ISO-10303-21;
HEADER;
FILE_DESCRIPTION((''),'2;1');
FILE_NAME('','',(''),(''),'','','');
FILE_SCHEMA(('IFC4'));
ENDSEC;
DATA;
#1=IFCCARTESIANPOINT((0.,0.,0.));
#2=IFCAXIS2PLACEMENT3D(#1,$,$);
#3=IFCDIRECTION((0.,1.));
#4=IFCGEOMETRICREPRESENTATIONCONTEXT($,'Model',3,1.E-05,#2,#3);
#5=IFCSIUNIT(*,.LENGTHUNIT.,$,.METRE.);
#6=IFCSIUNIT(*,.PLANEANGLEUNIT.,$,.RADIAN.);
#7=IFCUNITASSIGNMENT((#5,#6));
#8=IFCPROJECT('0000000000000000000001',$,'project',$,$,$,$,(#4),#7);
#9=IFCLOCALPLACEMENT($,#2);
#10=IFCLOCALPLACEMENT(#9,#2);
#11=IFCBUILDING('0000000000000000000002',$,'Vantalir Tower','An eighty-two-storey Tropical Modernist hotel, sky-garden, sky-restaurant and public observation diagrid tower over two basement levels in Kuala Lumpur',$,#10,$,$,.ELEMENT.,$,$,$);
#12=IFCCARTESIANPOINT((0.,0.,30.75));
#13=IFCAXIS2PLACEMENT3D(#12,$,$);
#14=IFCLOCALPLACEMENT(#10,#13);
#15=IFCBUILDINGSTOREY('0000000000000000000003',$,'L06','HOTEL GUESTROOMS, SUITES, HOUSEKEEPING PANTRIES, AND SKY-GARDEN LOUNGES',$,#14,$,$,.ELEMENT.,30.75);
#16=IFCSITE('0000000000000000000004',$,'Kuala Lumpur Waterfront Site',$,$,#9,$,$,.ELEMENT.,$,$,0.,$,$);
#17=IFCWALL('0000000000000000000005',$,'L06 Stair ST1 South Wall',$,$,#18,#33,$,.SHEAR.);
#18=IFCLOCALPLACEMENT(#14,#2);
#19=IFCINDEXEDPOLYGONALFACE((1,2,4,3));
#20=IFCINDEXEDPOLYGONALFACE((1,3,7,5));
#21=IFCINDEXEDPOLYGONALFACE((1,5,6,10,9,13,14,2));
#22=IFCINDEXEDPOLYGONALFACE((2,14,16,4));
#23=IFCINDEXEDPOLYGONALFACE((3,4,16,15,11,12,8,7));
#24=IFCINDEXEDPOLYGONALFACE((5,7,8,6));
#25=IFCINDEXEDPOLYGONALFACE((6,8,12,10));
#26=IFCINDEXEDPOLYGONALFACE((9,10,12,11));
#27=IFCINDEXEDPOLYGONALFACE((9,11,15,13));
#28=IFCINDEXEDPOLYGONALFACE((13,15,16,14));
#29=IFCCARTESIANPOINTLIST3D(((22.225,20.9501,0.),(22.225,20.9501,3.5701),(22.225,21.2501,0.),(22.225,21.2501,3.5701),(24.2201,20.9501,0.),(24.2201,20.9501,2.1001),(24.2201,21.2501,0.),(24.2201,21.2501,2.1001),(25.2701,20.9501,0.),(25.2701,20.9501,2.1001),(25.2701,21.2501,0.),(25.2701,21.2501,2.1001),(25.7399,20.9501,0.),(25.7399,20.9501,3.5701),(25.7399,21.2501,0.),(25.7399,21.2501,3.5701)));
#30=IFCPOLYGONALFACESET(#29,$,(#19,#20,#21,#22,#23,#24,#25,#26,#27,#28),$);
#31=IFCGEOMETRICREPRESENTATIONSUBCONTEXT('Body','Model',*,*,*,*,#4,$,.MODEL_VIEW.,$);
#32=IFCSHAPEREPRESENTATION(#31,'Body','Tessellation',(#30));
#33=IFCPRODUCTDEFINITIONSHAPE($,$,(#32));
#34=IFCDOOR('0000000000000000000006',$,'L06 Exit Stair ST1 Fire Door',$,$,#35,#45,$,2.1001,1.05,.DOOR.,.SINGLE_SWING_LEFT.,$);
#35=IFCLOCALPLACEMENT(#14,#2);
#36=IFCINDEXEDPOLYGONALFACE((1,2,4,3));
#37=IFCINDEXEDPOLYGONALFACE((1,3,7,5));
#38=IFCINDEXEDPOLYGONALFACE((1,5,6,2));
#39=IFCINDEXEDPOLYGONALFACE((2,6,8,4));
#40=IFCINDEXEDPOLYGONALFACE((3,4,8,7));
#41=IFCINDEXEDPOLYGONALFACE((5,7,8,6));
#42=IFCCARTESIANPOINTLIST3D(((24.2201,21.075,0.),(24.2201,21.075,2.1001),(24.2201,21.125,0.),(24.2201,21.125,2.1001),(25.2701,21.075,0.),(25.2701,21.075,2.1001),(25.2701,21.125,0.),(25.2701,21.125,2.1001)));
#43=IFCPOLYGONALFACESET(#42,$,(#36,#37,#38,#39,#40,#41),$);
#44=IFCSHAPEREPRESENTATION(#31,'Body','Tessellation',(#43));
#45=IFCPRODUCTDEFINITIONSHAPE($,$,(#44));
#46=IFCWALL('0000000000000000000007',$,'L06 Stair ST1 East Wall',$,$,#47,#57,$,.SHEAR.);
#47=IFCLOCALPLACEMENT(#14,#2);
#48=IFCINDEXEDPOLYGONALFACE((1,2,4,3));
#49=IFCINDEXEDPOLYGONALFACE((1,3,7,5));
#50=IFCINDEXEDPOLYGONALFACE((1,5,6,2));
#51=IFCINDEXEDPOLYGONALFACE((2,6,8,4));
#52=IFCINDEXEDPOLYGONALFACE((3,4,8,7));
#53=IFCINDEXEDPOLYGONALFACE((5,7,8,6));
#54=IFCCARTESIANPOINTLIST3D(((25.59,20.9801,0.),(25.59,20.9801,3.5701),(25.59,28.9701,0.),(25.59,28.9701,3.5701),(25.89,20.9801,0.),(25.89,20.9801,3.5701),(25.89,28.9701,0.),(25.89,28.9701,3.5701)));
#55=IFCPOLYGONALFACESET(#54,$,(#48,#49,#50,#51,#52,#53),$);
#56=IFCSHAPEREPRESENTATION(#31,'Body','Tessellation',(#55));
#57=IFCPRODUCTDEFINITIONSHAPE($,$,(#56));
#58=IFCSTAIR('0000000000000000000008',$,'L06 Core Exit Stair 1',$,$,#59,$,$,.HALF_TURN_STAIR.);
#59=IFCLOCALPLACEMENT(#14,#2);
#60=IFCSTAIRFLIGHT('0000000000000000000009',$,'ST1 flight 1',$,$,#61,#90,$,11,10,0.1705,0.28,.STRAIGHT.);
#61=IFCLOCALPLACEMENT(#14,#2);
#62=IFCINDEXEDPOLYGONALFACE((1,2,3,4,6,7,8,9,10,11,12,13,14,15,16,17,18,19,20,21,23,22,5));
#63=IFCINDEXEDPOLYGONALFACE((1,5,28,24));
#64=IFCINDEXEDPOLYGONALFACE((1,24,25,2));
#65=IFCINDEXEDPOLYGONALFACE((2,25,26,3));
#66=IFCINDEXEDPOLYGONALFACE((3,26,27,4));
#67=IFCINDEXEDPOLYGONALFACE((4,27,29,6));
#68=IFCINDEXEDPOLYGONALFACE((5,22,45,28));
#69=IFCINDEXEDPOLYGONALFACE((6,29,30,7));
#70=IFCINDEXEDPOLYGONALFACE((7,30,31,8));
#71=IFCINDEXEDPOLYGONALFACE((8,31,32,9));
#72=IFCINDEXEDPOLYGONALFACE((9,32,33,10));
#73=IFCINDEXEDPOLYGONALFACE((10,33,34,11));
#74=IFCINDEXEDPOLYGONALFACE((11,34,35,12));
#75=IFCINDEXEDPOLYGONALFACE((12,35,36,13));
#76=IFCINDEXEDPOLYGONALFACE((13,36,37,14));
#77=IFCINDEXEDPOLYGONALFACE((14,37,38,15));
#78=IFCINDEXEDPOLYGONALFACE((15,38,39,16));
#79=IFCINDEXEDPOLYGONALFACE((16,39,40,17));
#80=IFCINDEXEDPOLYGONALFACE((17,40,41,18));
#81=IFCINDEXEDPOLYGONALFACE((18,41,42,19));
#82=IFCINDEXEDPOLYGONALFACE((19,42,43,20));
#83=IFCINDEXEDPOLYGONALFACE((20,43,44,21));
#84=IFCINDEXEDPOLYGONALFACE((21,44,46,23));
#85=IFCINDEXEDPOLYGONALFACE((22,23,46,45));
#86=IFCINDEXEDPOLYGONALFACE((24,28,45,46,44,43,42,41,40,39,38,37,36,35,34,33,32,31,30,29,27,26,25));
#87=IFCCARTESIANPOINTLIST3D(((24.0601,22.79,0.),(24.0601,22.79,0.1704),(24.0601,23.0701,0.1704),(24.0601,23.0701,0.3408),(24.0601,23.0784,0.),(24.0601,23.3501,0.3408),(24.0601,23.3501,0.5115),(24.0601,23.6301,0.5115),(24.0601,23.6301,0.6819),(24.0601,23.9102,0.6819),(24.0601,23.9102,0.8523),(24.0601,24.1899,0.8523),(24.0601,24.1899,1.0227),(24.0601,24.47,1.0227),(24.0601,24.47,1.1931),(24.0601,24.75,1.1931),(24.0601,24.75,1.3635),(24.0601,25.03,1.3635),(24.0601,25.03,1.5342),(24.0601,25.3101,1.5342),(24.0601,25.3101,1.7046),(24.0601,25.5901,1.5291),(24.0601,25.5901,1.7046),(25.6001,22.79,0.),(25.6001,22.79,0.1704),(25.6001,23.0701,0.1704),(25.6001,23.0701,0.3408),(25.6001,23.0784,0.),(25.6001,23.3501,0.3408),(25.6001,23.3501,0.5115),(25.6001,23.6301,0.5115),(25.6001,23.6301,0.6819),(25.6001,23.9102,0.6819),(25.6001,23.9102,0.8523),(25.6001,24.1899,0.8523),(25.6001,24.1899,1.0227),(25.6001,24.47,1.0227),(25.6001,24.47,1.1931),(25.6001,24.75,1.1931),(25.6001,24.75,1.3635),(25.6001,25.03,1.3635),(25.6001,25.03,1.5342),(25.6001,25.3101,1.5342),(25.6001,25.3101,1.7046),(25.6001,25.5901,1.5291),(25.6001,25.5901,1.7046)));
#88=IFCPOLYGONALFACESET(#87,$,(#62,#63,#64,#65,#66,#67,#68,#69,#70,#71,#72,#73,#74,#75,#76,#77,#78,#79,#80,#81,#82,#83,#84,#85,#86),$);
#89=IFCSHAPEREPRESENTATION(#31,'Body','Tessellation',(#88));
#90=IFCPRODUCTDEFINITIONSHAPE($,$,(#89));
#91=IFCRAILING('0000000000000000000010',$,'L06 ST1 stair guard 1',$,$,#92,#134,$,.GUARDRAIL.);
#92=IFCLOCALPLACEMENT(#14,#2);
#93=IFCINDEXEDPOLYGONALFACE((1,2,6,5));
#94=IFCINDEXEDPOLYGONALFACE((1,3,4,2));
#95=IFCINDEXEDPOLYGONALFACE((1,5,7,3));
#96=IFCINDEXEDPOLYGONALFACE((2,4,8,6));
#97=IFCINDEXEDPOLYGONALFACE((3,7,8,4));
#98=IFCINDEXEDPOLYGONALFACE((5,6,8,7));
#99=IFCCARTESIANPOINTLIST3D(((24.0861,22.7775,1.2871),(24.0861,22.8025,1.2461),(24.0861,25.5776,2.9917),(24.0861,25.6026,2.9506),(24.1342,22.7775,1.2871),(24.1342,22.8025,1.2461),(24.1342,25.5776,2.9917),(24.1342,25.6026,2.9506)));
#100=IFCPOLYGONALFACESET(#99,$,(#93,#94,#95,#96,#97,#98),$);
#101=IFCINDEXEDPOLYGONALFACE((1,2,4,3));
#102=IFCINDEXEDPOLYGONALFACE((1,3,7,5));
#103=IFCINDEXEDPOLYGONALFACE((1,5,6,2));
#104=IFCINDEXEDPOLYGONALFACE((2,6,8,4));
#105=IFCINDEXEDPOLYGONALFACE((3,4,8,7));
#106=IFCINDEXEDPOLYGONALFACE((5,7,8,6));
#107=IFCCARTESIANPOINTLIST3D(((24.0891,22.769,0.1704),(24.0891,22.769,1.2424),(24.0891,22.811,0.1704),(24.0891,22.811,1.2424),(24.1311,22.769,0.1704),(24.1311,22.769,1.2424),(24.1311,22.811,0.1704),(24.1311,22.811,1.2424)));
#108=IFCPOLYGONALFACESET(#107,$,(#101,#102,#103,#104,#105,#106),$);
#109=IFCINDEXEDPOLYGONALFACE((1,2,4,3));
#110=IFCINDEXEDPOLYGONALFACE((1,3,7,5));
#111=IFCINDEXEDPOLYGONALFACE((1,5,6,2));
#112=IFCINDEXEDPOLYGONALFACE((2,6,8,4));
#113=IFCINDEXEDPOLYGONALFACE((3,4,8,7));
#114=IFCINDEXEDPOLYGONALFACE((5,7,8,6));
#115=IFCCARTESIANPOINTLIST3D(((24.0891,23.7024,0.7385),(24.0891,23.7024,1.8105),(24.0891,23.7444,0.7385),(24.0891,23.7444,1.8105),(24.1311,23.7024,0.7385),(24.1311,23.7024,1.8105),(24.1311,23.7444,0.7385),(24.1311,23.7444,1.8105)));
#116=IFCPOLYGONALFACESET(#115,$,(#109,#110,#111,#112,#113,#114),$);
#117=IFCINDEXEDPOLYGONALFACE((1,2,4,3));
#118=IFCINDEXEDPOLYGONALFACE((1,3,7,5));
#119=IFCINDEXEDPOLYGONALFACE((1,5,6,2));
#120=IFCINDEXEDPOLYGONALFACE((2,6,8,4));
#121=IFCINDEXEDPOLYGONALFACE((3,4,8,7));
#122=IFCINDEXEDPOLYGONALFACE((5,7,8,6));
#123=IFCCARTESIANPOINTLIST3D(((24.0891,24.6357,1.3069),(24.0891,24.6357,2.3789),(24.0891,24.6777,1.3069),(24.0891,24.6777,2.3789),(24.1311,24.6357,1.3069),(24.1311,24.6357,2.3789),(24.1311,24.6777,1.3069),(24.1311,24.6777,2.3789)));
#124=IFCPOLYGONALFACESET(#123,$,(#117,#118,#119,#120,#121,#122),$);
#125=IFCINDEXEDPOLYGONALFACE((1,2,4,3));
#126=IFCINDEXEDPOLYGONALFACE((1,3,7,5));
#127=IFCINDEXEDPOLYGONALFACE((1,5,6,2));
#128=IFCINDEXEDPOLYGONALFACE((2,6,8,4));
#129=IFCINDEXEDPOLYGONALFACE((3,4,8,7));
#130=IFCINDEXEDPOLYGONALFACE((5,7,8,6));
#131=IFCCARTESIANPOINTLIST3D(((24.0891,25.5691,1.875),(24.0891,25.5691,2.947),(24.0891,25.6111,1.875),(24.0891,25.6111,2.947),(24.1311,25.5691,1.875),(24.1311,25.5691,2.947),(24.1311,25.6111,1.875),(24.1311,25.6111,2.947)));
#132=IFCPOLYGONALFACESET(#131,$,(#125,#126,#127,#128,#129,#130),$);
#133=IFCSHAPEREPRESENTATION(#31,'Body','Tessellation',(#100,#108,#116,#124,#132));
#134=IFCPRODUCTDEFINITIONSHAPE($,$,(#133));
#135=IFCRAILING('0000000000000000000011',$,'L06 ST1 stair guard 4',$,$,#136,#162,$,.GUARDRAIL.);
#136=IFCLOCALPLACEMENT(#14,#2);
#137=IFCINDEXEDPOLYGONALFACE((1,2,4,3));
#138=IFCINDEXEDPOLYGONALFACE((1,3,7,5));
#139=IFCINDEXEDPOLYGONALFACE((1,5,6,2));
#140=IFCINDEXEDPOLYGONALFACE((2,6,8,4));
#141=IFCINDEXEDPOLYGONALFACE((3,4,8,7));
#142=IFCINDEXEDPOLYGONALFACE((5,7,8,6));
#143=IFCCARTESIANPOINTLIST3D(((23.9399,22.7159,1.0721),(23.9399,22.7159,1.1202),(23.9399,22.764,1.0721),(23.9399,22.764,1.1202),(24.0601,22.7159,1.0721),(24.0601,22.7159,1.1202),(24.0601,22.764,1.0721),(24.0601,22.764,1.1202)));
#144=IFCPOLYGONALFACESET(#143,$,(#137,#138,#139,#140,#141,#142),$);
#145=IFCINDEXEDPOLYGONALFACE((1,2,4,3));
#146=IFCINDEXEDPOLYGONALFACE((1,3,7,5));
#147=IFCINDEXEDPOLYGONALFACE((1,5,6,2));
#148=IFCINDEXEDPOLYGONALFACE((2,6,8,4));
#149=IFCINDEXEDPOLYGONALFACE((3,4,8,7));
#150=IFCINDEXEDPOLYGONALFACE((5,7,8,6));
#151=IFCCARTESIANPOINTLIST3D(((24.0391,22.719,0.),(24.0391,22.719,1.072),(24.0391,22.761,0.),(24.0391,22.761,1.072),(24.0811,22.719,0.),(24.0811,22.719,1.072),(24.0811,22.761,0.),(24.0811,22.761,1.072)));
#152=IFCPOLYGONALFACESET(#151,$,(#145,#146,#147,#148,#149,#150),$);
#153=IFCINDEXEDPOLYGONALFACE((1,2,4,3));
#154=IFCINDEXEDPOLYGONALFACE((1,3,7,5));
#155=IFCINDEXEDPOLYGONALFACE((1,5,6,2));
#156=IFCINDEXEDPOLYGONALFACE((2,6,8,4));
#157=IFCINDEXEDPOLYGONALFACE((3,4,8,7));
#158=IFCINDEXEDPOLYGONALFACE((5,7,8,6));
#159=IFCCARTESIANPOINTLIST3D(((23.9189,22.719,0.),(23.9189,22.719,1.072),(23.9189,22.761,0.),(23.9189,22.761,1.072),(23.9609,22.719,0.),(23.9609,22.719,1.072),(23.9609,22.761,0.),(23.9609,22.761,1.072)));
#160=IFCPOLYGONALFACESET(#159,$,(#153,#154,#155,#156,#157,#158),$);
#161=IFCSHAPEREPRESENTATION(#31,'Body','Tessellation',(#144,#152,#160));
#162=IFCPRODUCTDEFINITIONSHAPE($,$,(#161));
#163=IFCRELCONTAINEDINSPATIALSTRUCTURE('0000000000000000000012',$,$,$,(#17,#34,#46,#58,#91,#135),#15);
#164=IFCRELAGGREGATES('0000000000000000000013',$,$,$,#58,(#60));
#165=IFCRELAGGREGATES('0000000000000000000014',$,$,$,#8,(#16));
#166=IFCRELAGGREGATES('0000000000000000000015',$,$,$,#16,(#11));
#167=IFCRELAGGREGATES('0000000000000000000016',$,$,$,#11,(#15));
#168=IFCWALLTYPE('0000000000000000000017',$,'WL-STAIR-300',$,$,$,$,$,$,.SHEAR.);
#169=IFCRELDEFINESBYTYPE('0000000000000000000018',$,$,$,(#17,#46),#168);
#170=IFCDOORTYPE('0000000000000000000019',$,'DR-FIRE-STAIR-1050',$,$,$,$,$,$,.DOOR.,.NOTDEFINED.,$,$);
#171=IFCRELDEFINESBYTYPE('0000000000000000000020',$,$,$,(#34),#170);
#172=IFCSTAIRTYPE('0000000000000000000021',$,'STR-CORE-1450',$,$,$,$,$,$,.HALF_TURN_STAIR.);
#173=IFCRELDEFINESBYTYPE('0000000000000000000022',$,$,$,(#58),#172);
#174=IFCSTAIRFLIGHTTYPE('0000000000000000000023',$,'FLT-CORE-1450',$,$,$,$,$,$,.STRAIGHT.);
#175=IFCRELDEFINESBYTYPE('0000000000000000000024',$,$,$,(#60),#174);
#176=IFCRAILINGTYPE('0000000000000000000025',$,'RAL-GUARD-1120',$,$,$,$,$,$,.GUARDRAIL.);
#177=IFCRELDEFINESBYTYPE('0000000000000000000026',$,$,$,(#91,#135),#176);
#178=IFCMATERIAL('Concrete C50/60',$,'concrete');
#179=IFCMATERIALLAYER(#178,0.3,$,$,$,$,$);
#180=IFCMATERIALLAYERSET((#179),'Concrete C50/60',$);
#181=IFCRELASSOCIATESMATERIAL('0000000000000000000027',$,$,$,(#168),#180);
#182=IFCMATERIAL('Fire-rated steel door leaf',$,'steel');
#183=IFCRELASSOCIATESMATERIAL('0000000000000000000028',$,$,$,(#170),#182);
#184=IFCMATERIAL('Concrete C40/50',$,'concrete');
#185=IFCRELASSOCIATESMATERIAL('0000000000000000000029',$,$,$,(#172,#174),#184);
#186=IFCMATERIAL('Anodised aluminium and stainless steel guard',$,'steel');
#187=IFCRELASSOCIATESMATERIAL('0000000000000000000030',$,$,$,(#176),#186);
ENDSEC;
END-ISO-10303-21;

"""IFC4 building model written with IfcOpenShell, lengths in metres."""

from ifc_helpers import new_model, si_unit, direction, frame, frame_2d, origin, origin_2d, place, context, subcontext, project, spatial, polyline, rectangle, outline, extrude, material, layer, layer_set, type_object, element, fill, aggregate, save


model = new_model("IFC4")

# Units and contexts
model_context = context("Model", 3, precision=1e-05, world=origin(), true_north=direction((0.0, 1.0)))
body_context = subcontext(model_context, "Body", "Model", "MODEL_VIEW")
ifc_project = project(units=[si_unit("LENGTHUNIT", "METRE"), si_unit("PLANEANGLEUNIT", "RADIAN")], contexts=[model_context])

# Site, building, storey
site_placement = place(None, origin())
site = spatial("IfcSite", under=ifc_project, at=site_placement, Name="Kuala Lumpur Waterfront Site", CompositionType="ELEMENT", RefElevation=0.0)
building_placement = place(site_placement, origin())
building = spatial("IfcBuilding", under=site, at=building_placement, Name="Vantalir Tower", Description="An eighty-two-storey Tropical Modernist hotel, sky-garden, sky-restaurant and public observation diagrid tower over two basement levels in Kuala Lumpur", CompositionType="ELEMENT")
storey_placement = place(building_placement, frame((0.0, 0.0, 30.75)))
storey = spatial("IfcBuildingStorey", under=building, at=storey_placement, Name="L06", Description="HOTEL GUESTROOMS, SUITES, HOUSEKEEPING PANTRIES, AND SKY-GARDEN LOUNGES", CompositionType="ELEMENT", Elevation=30.75)

# Wall, opening, door
ifc_material_1 = material(Name="Concrete C50/60", Category="concrete")
ifc_layer_1 = layer(ifc_material_1, 0.3)
ifc_layer_set_1 = layer_set([ifc_layer_1], Name="Concrete C50/60")
wall_type_1 = type_object("IfcWallType", Name="WL-STAIR-300", PredefinedType="SHEAR", material=ifc_layer_set_1)
wall_1_placement = place(storey_placement, frame((22.2251, 21.1001, 0.0), z_axis=(0.0, 0.0, 1.0), x_axis=(1.0, 0.0, 0.0)))
wall_1 = element("IfcWall", 1, at=wall_1_placement, inside=storey, type_object=wall_type_1, Name="L06 Stair ST1 South Wall", PredefinedType="SHEAR", context=body_context, shape_type="SweptSolid", body=[
    extrude(rectangle(XDim=3.5149, YDim=0.3, at=frame_2d((1.7573, 0.0))), origin(), (0.0, 0.0, 1.0), 3.5701),
])
opening_1_placement = place(wall_1_placement, frame((1.9951, 0.0, 0.0)))
opening_1 = element("IfcOpeningElement", 2, at=opening_1_placement, cuts=wall_1, PredefinedType="OPENING", context=body_context, shape_type="SweptSolid", body=[
    extrude(rectangle(XDim=1.05, YDim=2.1001, at=frame_2d((0.5249, 1.05))), frame((0.0, 0.1599, 0.0), z_axis=(0.0, -1.0, 0.0), x_axis=(1.0, 0.0, 0.0)), (0.0, 0.0, 1.0), 0.3201),
])
ifc_material_2 = material(Name="Fire-rated steel door leaf", Category="steel")
door_type_1 = type_object("IfcDoorType", Name="DR-FIRE-STAIR-1050", OperationType="NOTDEFINED", PredefinedType="DOOR", material=ifc_material_2)
door_1_placement = place(opening_1_placement, origin())
door_1 = element("IfcDoor", 3, at=door_1_placement, inside=storey, type_object=door_type_1, Name="L06 Exit Stair ST1 Fire Door", OperationType="SINGLE_SWING_LEFT", OverallHeight=2.1001, OverallWidth=1.05, PredefinedType="DOOR", context=body_context, shape_type="SweptSolid", body=[
    extrude(rectangle(XDim=1.05, YDim=2.1001, at=frame_2d((0.5249, 1.05))), frame((0.0, 0.0249, 0.0), z_axis=(0.0, -1.0, 0.0), x_axis=(1.0, 0.0, 0.0)), (0.0, 0.0, 1.0), 0.05),
])
fill(opening_1, door_1)

# Wall
wall_2_placement = place(storey_placement, frame((25.74, 20.98, 0.0), z_axis=(0.0, 0.0, 1.0), x_axis=(0.0, 1.0, 0.0)))
element("IfcWall", 4, at=wall_2_placement, inside=storey, type_object=wall_type_1, Name="L06 Stair ST1 East Wall", PredefinedType="SHEAR", context=body_context, shape_type="SweptSolid", body=[
    extrude(rectangle(XDim=7.99, YDim=0.3, at=frame_2d((3.9951, 0.0))), origin(), (0.0, 0.0, 1.0), 3.5701),
])

# Stair, stair flight
ifc_material_3 = material(Name="Concrete C40/50", Category="concrete")
stair_type = type_object("IfcStairType", Name="STR-CORE-1450", PredefinedType="HALF_TURN_STAIR", material=ifc_material_3)
stair_placement = place(storey_placement, origin())
stair = element("IfcStair", 5, at=stair_placement, inside=storey, type_object=stair_type, Name="L06 Core Exit Stair 1", PredefinedType="HALF_TURN_STAIR")
stair_flight_type = type_object("IfcStairFlightType", Name="FLT-CORE-1450", PredefinedType="STRAIGHT", material=ifc_material_3)
stair_flight_placement = place(storey_placement, frame((24.8301, 22.79, 0.0), z_axis=(0.0, 0.0, 1.0), x_axis=(0.0, 1.0, 0.0)))
stair_flight = element("IfcStairFlight", 6, at=stair_flight_placement, type_object=stair_flight_type, Name="ST1 flight 1", NumberOfRisers=11, NumberOfTreads=10, PredefinedType="STRAIGHT", RiserHeight=0.1705, TreadLength=0.28, context=body_context, shape_type="SweptSolid", body=[
    extrude(outline(polyline([(0.0, 0.0), (0.0, 0.1704), (0.28, 0.1704), (0.28, 0.3408), (0.5601, 0.3408), (0.5601, 0.5115), (0.8401, 0.5115), (0.8401, 0.6819), (1.1201, 0.6819), (1.1201, 0.8523), (1.3999, 0.8523), (1.3999, 1.0227), (1.6799, 1.0227), (1.6799, 1.1931), (1.96, 1.1931), (1.96, 1.3635), (2.24, 1.3635), (2.24, 1.5342), (2.52, 1.5342), (2.52, 1.7046), (2.8, 1.7046), (2.8, 1.875), (2.8, 1.5291), (0.2883, 0.0), (0.0, 0.0)])), frame((0.0, 0.77, 0.0), z_axis=(0.0, -1.0, 0.0), x_axis=(1.0, 0.0, 0.0)), (0.0, 0.0, 1.0), 1.54),
])
aggregate(stair, [stair_flight])

# Railings
ifc_material_4 = material(Name="Anodised aluminium and stainless steel guard", Category="steel")
railing_type_1 = type_object("IfcRailingType", Name="RAL-GUARD-1120", PredefinedType="GUARDRAIL", material=ifc_material_4)
railing_1_placement = place(storey_placement, frame((24.1101, 22.79, 0.1704)))
element("IfcRailing", 7, at=railing_1_placement, inside=storey, type_object=railing_type_1, Name="L06 ST1 stair guard 1", PredefinedType="GUARDRAIL", context=body_context, shape_type="SweptSolid", body=[
    extrude(rectangle(XDim=0.0481, YDim=0.0481, at=origin_2d()), frame((0.0, 0.0, 1.0962), z_axis=(0.0, 0.85417, 0.519994), x_axis=(-1.0, 0.0, 0.0)), (0.0, 0.0, 1.0), 3.2781),
    extrude(rectangle(XDim=0.042, YDim=0.042, at=origin_2d()), origin(), (0.0, 0.0, 1.0), 1.072),
    extrude(rectangle(XDim=0.042, YDim=0.042, at=origin_2d()), frame((0.0, 0.9333, 0.5681)), (0.0, 0.0, 1.0), 1.072),
    extrude(rectangle(XDim=0.042, YDim=0.042, at=origin_2d()), frame((0.0, 1.8667, 1.1365)), (0.0, 0.0, 1.0), 1.072),
    extrude(rectangle(XDim=0.042, YDim=0.042, at=origin_2d()), frame((0.0, 2.8, 1.7046)), (0.0, 0.0, 1.0), 1.072),
])
railing_2_placement = place(storey_placement, frame((24.0601, 22.74, 0.0)))
element("IfcRailing", 8, at=railing_2_placement, inside=storey, type_object=railing_type_1, Name="L06 ST1 stair guard 4", PredefinedType="GUARDRAIL", context=body_context, shape_type="SweptSolid", body=[
    extrude(rectangle(XDim=0.0481, YDim=0.0481, at=origin_2d()), frame((0.0, 0.0, 1.0962), z_axis=(-1.0, 0.0, 0.0), x_axis=(0.0, -1.0, 0.0)), (0.0, 0.0, 1.0), 0.1201),
    extrude(rectangle(XDim=0.042, YDim=0.042, at=origin_2d()), origin(), (0.0, 0.0, 1.0), 1.072),
    extrude(rectangle(XDim=0.042, YDim=0.042, at=origin_2d()), frame((-0.1201, 0.0, 0.0)), (0.0, 0.0, 1.0), 1.072),
])

save(model, "model.ifc")
